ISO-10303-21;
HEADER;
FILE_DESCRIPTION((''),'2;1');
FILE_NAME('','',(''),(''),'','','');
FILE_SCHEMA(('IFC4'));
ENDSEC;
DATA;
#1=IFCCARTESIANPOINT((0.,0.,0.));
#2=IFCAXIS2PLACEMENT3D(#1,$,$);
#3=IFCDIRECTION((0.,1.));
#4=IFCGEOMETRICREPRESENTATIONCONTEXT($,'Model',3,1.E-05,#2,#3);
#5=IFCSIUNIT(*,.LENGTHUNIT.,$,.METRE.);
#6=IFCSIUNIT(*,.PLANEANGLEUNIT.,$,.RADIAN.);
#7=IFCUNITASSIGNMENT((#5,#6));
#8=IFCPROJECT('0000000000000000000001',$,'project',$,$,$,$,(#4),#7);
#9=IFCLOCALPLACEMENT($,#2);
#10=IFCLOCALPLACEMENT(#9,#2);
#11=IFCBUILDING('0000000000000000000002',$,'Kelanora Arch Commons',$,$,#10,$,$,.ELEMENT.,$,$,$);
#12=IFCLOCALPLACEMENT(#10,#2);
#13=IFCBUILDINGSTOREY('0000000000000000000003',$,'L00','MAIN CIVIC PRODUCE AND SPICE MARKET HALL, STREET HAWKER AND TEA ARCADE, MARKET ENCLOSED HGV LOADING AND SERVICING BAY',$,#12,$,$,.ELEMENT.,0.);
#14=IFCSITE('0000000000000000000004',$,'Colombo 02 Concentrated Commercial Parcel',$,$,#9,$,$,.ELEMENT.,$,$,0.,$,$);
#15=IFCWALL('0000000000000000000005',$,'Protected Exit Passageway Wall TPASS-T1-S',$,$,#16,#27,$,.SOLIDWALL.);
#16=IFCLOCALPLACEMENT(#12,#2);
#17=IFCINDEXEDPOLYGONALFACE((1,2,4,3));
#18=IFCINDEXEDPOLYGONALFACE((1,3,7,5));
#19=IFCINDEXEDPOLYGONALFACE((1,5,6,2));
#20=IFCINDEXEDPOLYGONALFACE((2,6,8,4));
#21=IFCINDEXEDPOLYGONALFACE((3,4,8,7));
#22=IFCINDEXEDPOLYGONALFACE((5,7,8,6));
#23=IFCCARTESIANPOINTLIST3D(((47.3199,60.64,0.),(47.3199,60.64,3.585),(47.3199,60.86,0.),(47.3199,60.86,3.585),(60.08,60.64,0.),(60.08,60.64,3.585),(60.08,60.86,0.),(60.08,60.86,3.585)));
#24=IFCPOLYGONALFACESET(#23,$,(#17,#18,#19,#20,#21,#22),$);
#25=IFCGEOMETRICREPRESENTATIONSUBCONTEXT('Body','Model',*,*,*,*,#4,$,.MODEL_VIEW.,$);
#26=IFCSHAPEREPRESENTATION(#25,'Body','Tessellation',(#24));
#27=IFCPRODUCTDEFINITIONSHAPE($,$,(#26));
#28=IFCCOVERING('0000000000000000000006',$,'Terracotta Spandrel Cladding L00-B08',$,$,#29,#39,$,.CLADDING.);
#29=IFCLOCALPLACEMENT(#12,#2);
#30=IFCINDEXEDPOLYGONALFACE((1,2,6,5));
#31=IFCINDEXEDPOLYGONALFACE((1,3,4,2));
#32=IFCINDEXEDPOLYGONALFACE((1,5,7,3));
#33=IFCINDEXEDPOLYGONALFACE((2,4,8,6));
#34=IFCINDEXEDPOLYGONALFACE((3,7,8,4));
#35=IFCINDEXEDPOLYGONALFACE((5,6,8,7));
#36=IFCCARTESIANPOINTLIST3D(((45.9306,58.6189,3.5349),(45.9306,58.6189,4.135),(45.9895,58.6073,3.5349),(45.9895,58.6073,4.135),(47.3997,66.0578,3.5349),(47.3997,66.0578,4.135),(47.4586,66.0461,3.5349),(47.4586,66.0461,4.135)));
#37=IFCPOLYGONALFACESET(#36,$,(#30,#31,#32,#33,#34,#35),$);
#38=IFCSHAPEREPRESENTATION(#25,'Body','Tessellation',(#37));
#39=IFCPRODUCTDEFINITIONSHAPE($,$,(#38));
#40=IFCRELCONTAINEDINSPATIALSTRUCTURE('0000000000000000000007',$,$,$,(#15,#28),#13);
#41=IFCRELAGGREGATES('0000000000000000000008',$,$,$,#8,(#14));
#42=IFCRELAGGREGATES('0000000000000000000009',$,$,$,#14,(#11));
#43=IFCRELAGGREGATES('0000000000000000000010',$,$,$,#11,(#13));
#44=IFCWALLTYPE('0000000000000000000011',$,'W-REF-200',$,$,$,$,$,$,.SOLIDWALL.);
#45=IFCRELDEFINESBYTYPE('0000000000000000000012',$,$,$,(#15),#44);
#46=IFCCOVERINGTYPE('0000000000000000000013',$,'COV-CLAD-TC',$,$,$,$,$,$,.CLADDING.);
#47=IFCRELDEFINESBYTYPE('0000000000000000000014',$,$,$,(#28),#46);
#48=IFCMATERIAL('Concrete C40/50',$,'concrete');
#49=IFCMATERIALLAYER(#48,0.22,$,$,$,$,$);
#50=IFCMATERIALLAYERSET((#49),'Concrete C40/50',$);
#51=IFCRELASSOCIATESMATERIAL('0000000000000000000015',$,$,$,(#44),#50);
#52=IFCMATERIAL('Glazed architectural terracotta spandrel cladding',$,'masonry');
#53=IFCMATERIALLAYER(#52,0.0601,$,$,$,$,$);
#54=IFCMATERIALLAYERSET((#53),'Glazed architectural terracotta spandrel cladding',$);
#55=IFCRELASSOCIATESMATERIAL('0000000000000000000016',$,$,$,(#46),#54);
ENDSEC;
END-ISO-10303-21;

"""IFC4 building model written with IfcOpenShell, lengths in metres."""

from ifc_helpers import new_model, si_unit, direction, frame, frame_2d, origin, origin_2d, place, context, subcontext, project, spatial, rectangle, extrude, source, transform, mapped, material, layer, layer_set, type_object, element, save


model = new_model("IFC4")

# Units and contexts
model_context = context("Model", 3, precision=1e-05, world=origin(), true_north=direction((0.0, 1.0)))
body_context = subcontext(model_context, "Body", "Model", "MODEL_VIEW")
ifc_project = project(units=[si_unit("LENGTHUNIT", "METRE"), si_unit("PLANEANGLEUNIT", "RADIAN")], contexts=[model_context])

# Site, building, storey
site_placement = place(None, origin())
site = spatial("IfcSite", under=ifc_project, at=site_placement, Name="Colombo 02 Concentrated Commercial Parcel", CompositionType="ELEMENT", RefElevation=0.0)
building_placement = place(site_placement, origin())
building = spatial("IfcBuilding", under=site, at=building_placement, Name="Kelanora Arch Commons", CompositionType="ELEMENT")
storey_placement = place(building_placement, origin())
storey = spatial("IfcBuildingStorey", under=building, at=storey_placement, Name="L00", Description="MAIN CIVIC PRODUCE AND SPICE MARKET HALL, STREET HAWKER AND TEA ARCADE, MARKET ENCLOSED HGV LOADING AND SERVICING BAY", CompositionType="ELEMENT", Elevation=0.0)

# Shared definitions
ifc_material_1 = material(Name="Concrete C40/50", Category="concrete")

# Wall
ifc_layer_1 = layer(ifc_material_1, 0.22)
ifc_layer_set_1 = layer_set([ifc_layer_1], Name="Concrete C40/50")
wall_type_1 = type_object("IfcWallType", Name="W-REF-200", PredefinedType="SOLIDWALL", material=ifc_layer_set_1)
wall_1_placement = place(storey_placement, frame((47.3201, 60.75, 0.0), z_axis=(0.0, 0.0, 1.0), x_axis=(1.0, 0.0, 0.0)))
element("IfcWall", 1, at=wall_1_placement, inside=storey, type_object=wall_type_1, Name="Protected Exit Passageway Wall TPASS-T1-S", PredefinedType="SOLIDWALL", context=body_context, shape_type="SweptSolid", body=[
    extrude(rectangle(XDim=12.76, YDim=0.22, at=frame_2d((6.3799, 0.0))), origin(), (0.0, 0.0, 1.0), 3.585),
])

# Covering
ifc_material_2 = material(Name="Glazed architectural terracotta spandrel cladding", Category="masonry")
ifc_layer_2 = layer(ifc_material_2, 0.0601)
ifc_layer_set_2 = layer_set([ifc_layer_2], Name="Glazed architectural terracotta spandrel cladding")
covering_type = type_object("IfcCoveringType", Name="COV-CLAD-TC", PredefinedType="CLADDING", material=ifc_layer_set_2)
shared_shape_1 = source(origin(), body_context, "Body", "SweptSolid", [
    extrude(rectangle(XDim=7.5825, YDim=0.0601, at=origin_2d()), origin(), (0.0, 0.0, 1.0), 0.6001),
])
covering_placement = place(storey_placement, frame((46.6946, 62.3325, 3.5349), z_axis=(0.0, 0.0, 1.0), x_axis=(-0.193744, -0.981052, 0.0)))
element("IfcCovering", 2, at=covering_placement, inside=storey, type_object=covering_type, Name="Terracotta Spandrel Cladding L00-B08", PredefinedType="CLADDING", context=body_context, shape_type="MappedRepresentation", body=[
    mapped(shared_shape_1, transform((0.0, 0.0, 0.0), scale=1.0)),
])

save(model, "model.ifc")
